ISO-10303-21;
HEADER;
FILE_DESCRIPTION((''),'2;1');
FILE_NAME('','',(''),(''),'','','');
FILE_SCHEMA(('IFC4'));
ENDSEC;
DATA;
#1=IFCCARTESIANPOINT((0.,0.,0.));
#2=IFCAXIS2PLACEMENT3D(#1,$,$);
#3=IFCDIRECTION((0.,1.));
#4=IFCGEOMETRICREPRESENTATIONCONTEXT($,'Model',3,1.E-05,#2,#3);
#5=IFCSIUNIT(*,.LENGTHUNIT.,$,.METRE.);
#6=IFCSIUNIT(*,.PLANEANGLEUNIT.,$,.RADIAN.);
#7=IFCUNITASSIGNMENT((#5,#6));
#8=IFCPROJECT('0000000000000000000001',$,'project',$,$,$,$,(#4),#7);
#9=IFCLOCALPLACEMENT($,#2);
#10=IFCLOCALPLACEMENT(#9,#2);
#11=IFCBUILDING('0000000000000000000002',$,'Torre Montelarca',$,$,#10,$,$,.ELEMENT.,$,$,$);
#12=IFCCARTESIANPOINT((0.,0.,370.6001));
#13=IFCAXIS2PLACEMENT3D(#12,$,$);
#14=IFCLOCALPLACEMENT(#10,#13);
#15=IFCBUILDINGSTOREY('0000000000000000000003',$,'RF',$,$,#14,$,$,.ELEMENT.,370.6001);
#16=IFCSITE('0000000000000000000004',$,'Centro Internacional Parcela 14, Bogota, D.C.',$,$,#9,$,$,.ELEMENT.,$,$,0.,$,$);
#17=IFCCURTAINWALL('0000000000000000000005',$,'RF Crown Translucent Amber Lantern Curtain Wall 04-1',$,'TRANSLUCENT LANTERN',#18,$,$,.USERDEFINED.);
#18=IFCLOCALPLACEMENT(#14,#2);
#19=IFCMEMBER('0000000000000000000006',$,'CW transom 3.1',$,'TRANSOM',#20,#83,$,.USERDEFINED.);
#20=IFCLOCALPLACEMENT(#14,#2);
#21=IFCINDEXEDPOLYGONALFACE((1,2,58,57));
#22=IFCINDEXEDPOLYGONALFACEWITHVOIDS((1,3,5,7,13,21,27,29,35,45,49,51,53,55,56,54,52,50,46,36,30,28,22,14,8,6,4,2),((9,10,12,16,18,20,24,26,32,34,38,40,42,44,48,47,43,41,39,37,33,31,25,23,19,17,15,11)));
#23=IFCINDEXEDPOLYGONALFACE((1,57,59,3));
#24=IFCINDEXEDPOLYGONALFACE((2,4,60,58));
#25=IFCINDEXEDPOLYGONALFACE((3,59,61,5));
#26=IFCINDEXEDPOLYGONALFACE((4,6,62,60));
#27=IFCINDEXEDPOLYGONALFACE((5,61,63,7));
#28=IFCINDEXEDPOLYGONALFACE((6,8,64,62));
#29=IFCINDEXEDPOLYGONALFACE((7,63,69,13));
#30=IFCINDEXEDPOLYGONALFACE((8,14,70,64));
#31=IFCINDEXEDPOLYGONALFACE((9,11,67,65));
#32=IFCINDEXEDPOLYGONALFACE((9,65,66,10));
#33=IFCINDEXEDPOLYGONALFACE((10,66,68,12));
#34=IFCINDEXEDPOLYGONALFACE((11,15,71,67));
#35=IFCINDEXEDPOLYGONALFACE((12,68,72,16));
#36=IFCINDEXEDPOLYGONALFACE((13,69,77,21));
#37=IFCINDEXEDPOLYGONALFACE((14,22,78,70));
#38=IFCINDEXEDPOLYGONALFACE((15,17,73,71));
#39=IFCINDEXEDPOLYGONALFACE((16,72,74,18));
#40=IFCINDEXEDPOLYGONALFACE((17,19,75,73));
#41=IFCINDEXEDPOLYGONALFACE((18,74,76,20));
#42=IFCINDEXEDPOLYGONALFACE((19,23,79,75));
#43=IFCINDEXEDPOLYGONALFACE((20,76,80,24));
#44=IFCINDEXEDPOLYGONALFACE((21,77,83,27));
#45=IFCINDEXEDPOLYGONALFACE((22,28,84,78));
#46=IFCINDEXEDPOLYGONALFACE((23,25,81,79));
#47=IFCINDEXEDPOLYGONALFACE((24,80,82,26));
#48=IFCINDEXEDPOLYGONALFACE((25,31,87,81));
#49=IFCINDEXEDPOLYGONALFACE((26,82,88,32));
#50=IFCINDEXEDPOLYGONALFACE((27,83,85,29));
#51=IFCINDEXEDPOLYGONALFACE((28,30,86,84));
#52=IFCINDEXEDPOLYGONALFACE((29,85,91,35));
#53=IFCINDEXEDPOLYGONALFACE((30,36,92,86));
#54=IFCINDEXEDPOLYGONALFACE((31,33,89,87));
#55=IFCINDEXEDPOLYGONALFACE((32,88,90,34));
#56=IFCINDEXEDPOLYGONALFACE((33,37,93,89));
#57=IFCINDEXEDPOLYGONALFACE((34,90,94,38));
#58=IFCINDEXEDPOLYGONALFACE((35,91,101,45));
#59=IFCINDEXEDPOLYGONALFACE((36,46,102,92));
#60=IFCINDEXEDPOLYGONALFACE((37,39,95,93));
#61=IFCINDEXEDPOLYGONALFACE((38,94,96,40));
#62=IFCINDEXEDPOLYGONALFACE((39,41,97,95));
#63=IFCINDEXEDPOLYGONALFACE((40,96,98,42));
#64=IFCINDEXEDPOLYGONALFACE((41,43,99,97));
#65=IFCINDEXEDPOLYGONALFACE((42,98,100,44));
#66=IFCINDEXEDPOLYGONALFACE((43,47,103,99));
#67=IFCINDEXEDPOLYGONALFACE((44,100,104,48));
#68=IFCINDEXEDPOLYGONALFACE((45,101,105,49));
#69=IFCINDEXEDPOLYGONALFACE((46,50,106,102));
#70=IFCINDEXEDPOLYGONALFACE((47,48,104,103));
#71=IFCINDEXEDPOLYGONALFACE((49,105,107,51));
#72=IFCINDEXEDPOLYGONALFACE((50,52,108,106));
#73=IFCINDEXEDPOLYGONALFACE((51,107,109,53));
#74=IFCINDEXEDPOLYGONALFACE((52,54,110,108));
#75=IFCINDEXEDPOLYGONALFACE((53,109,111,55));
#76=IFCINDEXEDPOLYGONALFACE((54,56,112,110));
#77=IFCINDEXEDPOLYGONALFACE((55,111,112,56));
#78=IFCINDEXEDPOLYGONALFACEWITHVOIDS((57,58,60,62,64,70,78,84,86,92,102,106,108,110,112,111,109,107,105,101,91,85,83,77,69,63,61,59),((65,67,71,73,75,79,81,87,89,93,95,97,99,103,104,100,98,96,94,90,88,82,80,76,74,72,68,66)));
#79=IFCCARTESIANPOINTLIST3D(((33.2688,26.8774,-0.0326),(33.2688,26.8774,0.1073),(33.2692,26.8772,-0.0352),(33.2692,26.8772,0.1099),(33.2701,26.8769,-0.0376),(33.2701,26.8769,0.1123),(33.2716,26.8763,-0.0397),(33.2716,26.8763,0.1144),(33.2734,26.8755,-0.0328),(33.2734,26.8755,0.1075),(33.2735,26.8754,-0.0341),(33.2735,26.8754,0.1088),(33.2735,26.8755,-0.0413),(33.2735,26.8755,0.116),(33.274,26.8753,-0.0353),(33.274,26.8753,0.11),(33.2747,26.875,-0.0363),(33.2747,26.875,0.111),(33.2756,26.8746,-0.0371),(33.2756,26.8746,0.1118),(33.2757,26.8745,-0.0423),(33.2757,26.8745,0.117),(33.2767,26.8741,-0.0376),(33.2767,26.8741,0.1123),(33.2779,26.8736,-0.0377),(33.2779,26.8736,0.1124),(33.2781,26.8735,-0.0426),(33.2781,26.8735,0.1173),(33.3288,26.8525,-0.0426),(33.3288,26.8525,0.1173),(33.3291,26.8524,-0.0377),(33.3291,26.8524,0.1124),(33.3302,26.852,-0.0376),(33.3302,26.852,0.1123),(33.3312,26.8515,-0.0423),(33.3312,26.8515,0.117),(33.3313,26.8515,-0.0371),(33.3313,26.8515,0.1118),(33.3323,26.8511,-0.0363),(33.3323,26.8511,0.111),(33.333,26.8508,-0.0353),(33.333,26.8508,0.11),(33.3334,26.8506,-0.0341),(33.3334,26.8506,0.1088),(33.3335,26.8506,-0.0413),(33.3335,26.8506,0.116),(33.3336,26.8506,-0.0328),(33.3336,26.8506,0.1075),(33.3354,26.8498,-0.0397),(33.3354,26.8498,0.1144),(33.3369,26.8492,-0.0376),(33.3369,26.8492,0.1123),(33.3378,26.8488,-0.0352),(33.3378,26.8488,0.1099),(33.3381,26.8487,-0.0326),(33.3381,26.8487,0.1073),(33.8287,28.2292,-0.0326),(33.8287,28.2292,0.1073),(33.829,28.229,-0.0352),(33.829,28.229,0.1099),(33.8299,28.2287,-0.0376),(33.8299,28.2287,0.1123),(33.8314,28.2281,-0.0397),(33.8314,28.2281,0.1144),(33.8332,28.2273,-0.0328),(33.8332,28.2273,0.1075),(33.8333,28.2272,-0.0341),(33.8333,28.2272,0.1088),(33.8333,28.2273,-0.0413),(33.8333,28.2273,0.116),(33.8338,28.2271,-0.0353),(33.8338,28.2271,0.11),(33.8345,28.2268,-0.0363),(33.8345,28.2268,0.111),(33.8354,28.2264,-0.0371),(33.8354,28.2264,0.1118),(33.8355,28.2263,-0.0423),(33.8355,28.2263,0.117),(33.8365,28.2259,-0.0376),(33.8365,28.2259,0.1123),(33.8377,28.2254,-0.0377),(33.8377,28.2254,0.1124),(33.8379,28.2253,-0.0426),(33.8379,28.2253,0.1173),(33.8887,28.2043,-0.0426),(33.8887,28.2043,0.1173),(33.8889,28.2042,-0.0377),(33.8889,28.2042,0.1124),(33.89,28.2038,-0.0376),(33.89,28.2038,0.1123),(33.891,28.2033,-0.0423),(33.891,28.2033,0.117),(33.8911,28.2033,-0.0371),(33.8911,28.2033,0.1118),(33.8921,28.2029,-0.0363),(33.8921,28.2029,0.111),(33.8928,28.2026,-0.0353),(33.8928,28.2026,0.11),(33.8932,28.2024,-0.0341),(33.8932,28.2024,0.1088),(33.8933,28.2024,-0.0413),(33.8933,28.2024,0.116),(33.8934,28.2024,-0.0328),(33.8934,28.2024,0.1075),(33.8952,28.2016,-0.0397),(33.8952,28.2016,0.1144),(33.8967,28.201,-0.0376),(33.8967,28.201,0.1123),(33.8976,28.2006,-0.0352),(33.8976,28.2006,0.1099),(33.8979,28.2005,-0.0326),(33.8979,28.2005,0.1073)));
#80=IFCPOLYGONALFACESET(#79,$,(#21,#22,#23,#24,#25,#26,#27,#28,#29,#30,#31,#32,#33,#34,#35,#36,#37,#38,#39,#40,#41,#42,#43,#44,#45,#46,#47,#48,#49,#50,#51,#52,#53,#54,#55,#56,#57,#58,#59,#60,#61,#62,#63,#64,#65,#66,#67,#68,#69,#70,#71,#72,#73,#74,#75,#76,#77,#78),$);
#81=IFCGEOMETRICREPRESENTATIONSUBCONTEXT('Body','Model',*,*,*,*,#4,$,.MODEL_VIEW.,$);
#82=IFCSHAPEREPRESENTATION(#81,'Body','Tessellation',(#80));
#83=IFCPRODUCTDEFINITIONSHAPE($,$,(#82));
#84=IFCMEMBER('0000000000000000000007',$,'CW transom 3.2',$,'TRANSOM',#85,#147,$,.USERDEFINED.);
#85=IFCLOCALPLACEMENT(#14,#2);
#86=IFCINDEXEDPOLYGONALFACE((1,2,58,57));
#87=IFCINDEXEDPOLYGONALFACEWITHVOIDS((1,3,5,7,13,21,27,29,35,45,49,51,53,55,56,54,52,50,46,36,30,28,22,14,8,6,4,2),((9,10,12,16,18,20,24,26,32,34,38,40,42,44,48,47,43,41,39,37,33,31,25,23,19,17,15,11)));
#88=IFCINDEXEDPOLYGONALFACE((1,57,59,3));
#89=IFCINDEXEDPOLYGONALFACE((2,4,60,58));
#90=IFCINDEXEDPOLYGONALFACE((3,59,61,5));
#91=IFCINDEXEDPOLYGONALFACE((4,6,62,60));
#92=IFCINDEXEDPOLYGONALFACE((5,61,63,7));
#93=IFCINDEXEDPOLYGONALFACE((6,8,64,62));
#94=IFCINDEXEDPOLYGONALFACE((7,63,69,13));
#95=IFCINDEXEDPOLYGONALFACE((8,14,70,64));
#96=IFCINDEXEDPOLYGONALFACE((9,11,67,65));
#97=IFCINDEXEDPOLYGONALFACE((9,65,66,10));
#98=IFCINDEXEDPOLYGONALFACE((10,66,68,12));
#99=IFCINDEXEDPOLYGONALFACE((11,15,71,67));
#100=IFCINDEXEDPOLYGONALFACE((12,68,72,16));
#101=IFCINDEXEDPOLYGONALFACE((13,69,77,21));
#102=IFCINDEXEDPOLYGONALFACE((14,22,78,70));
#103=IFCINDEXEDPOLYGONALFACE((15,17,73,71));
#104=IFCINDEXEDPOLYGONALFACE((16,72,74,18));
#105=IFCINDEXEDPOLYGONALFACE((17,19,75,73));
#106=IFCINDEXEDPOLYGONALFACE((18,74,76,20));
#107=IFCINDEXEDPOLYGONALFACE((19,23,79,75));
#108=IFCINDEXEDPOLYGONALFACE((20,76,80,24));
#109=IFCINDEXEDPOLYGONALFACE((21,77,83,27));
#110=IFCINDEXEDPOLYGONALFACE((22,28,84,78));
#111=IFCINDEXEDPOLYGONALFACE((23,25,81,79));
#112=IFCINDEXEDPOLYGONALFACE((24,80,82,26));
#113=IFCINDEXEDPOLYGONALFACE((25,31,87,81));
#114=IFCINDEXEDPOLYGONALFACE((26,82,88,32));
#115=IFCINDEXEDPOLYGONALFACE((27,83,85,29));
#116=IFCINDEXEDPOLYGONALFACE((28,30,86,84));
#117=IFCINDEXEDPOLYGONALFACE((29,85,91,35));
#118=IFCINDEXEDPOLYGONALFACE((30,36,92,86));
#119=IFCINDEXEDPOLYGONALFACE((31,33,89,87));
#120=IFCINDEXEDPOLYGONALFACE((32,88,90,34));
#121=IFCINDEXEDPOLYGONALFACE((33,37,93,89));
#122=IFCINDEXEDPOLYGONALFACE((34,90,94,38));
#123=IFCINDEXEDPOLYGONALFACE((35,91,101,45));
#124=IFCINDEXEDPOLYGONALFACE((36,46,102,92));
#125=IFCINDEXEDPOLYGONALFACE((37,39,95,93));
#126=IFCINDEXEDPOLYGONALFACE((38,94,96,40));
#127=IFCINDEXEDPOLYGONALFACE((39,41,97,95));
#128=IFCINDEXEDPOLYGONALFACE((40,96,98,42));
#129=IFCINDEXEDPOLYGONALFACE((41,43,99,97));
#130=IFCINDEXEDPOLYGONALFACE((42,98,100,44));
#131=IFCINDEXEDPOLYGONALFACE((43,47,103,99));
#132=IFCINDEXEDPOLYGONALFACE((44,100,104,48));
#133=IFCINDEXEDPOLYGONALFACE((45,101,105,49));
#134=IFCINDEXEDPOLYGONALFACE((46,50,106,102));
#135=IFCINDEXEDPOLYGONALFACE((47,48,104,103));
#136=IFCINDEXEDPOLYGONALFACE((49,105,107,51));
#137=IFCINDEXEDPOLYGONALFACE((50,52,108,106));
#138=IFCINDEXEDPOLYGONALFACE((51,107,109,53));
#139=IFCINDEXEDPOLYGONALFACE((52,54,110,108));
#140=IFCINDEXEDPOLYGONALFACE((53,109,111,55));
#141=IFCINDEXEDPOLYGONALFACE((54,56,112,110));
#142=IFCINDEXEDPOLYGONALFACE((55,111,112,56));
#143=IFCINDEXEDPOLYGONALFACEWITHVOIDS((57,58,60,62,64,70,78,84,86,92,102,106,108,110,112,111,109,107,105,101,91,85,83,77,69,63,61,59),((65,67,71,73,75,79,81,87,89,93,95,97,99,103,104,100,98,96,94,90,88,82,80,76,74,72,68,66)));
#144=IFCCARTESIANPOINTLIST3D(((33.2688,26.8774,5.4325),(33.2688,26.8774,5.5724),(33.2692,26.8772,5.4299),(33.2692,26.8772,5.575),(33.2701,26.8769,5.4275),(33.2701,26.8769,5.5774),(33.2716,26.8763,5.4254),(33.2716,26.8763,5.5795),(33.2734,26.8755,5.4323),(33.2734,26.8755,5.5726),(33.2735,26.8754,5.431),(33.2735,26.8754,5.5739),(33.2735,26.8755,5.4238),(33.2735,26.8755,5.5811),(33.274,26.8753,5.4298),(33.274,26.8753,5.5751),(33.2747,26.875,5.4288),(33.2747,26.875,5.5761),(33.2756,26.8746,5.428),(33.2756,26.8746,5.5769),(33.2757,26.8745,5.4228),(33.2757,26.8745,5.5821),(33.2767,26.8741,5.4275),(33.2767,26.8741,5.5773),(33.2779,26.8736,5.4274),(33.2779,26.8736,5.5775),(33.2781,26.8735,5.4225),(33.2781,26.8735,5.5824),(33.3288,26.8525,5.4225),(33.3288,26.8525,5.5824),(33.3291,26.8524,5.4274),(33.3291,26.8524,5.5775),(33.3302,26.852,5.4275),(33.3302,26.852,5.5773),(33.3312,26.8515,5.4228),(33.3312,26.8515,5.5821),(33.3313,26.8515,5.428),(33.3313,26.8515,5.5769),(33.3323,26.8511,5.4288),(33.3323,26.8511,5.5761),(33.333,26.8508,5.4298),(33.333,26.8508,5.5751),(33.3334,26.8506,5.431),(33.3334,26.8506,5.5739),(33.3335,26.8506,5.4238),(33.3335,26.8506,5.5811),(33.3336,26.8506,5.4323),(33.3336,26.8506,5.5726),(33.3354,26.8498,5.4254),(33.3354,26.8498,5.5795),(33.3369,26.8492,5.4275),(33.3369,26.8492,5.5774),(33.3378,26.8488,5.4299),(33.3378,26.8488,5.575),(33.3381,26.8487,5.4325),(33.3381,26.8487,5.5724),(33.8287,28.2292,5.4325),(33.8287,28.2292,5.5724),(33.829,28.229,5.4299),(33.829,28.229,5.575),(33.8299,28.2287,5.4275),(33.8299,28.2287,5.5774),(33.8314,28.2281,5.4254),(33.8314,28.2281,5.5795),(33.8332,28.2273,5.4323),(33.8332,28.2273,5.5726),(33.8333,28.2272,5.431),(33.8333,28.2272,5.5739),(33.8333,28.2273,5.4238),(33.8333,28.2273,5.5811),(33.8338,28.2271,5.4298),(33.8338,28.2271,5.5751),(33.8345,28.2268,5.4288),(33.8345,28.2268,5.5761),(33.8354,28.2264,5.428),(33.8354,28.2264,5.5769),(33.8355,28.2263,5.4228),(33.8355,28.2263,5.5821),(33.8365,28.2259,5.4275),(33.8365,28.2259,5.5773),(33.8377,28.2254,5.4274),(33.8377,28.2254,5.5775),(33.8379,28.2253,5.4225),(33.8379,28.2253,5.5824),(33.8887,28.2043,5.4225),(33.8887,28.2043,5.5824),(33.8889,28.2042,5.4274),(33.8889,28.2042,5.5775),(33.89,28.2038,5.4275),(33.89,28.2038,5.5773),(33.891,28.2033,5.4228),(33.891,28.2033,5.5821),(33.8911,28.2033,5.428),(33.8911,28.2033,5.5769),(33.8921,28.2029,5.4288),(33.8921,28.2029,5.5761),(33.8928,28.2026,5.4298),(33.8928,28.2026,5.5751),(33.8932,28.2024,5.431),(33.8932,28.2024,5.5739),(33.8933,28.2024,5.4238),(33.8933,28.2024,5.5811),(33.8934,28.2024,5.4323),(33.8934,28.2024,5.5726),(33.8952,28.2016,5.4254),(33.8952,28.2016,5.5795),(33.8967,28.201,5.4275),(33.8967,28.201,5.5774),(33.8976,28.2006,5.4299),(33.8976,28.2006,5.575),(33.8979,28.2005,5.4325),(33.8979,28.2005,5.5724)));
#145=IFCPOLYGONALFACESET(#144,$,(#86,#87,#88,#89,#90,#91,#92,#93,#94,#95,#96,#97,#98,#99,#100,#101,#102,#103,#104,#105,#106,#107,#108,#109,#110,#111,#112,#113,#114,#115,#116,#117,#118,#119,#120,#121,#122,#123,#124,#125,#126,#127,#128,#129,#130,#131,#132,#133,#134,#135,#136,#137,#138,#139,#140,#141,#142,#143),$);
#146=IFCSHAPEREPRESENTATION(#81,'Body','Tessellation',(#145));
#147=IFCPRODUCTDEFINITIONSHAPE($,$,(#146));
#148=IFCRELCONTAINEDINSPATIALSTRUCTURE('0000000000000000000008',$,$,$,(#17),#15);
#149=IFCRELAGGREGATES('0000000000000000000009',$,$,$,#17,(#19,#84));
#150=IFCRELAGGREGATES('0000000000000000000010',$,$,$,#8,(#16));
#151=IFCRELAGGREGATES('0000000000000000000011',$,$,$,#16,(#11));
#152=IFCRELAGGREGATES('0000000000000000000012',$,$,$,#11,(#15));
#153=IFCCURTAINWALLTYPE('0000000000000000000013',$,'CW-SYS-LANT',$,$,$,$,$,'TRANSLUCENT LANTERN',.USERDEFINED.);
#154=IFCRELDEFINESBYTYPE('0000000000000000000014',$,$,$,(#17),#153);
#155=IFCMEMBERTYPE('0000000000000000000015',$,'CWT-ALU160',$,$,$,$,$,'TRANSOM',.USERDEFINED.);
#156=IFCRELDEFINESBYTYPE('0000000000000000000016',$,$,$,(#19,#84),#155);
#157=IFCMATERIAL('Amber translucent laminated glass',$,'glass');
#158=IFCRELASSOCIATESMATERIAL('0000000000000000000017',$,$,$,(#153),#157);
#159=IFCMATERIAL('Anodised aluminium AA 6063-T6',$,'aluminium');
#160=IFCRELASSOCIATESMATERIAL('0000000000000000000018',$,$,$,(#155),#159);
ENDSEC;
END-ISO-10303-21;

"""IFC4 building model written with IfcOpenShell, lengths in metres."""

from ifc_helpers import new_model, si_unit, direction, frame, origin, origin_2d, place, context, subcontext, project, spatial, hollow_rectangle, extrude, source, transform, mapped, material, material_profile, profile_set, type_object, element, aggregate, save


model = new_model("IFC4")

# Units and contexts
model_context = context("Model", 3, precision=1e-05, world=origin(), true_north=direction((0.0, 1.0)))
body_context = subcontext(model_context, "Body", "Model", "MODEL_VIEW")
ifc_project = project(units=[si_unit("LENGTHUNIT", "METRE"), si_unit("PLANEANGLEUNIT", "RADIAN")], contexts=[model_context])

# Site, building, storey
site_placement = place(None, origin())
site = spatial("IfcSite", under=ifc_project, at=site_placement, Name="Centro Internacional Parcela 14, Bogota, D.C.", CompositionType="ELEMENT", RefElevation=0.0)
building_placement = place(site_placement, origin())
building = spatial("IfcBuilding", under=site, at=building_placement, Name="Torre Montelarca", CompositionType="ELEMENT")
storey_placement = place(building_placement, frame((0.0, 0.0, 370.6001)))
storey = spatial("IfcBuildingStorey", under=building, at=storey_placement, Name="RF", CompositionType="ELEMENT", Elevation=370.6001)

# Curtain wall
ifc_material_1 = material(Name="Amber translucent laminated glass", Category="glass")
curtain_wall_type = type_object("IfcCurtainWallType", Name="CW-SYS-LANT", ElementType="TRANSLUCENT LANTERN", PredefinedType="USERDEFINED", material=ifc_material_1)
ifc_material_2 = material(Name="Anodised aluminium AA 6063-T6", Category="aluminium")
curtain_wall_1_placement = place(storey_placement, origin())
curtain_wall_1 = element("IfcCurtainWall", 1, at=curtain_wall_1_placement, inside=storey, type_object=curtain_wall_type, Name="RF Crown Translucent Amber Lantern Curtain Wall 04-1", ObjectType="TRANSLUCENT LANTERN", PredefinedType="USERDEFINED")
ifc_material_profile_1 = material_profile(ifc_material_2, hollow_rectangle(XDim=0.075, YDim=0.1599, WallThickness=0.0049, InnerFilletRadius=0.0049, OuterFilletRadius=0.01, at=origin_2d()), Name="ALU75X160X5", Category="aluminium")
ifc_profile_set_1 = profile_set([ifc_material_profile_1], Name="Anodised aluminium AA 6063-T6")
member_type_1 = type_object("IfcMemberType", Name="CWT-ALU160", ElementType="TRANSOM", PredefinedType="USERDEFINED", material=ifc_profile_set_1)

# Members
shared_shape_1 = source(origin(), body_context, "Body", "SweptSolid", [
    extrude(hollow_rectangle(XDim=0.075, YDim=0.1599, WallThickness=0.0049, InnerFilletRadius=0.0049, OuterFilletRadius=0.01, at=origin_2d()), origin(), (0.0, 0.0, 1.0), 1.4631),
])
member_1_placement = place(storey_placement, frame((33.3035, 26.863, 0.0374), z_axis=(0.382612, 0.923909, 0.0), x_axis=(-0.923909, 0.382612, 0.0)))
member_1 = element("IfcMember", 2, at=member_1_placement, type_object=member_type_1, Name="CW transom 3.1", ObjectType="TRANSOM", PredefinedType="USERDEFINED", context=body_context, shape_type="MappedRepresentation", body=[
    mapped(shared_shape_1, transform((0.0, 0.0, 0.0), scale=1.0)),
])
member_2_placement = place(storey_placement, frame((33.3035, 26.863, 5.5024), z_axis=(0.382612, 0.923909, 0.0), x_axis=(-0.923909, 0.382612, 0.0)))
member_2 = element("IfcMember", 3, at=member_2_placement, type_object=member_type_1, Name="CW transom 3.2", ObjectType="TRANSOM", PredefinedType="USERDEFINED", context=body_context, shape_type="MappedRepresentation", body=[
    mapped(shared_shape_1, transform((0.0, 0.0, 0.0), scale=1.0)),
])

aggregate(curtain_wall_1, [member_1, member_2])

save(model, "model.ifc")
